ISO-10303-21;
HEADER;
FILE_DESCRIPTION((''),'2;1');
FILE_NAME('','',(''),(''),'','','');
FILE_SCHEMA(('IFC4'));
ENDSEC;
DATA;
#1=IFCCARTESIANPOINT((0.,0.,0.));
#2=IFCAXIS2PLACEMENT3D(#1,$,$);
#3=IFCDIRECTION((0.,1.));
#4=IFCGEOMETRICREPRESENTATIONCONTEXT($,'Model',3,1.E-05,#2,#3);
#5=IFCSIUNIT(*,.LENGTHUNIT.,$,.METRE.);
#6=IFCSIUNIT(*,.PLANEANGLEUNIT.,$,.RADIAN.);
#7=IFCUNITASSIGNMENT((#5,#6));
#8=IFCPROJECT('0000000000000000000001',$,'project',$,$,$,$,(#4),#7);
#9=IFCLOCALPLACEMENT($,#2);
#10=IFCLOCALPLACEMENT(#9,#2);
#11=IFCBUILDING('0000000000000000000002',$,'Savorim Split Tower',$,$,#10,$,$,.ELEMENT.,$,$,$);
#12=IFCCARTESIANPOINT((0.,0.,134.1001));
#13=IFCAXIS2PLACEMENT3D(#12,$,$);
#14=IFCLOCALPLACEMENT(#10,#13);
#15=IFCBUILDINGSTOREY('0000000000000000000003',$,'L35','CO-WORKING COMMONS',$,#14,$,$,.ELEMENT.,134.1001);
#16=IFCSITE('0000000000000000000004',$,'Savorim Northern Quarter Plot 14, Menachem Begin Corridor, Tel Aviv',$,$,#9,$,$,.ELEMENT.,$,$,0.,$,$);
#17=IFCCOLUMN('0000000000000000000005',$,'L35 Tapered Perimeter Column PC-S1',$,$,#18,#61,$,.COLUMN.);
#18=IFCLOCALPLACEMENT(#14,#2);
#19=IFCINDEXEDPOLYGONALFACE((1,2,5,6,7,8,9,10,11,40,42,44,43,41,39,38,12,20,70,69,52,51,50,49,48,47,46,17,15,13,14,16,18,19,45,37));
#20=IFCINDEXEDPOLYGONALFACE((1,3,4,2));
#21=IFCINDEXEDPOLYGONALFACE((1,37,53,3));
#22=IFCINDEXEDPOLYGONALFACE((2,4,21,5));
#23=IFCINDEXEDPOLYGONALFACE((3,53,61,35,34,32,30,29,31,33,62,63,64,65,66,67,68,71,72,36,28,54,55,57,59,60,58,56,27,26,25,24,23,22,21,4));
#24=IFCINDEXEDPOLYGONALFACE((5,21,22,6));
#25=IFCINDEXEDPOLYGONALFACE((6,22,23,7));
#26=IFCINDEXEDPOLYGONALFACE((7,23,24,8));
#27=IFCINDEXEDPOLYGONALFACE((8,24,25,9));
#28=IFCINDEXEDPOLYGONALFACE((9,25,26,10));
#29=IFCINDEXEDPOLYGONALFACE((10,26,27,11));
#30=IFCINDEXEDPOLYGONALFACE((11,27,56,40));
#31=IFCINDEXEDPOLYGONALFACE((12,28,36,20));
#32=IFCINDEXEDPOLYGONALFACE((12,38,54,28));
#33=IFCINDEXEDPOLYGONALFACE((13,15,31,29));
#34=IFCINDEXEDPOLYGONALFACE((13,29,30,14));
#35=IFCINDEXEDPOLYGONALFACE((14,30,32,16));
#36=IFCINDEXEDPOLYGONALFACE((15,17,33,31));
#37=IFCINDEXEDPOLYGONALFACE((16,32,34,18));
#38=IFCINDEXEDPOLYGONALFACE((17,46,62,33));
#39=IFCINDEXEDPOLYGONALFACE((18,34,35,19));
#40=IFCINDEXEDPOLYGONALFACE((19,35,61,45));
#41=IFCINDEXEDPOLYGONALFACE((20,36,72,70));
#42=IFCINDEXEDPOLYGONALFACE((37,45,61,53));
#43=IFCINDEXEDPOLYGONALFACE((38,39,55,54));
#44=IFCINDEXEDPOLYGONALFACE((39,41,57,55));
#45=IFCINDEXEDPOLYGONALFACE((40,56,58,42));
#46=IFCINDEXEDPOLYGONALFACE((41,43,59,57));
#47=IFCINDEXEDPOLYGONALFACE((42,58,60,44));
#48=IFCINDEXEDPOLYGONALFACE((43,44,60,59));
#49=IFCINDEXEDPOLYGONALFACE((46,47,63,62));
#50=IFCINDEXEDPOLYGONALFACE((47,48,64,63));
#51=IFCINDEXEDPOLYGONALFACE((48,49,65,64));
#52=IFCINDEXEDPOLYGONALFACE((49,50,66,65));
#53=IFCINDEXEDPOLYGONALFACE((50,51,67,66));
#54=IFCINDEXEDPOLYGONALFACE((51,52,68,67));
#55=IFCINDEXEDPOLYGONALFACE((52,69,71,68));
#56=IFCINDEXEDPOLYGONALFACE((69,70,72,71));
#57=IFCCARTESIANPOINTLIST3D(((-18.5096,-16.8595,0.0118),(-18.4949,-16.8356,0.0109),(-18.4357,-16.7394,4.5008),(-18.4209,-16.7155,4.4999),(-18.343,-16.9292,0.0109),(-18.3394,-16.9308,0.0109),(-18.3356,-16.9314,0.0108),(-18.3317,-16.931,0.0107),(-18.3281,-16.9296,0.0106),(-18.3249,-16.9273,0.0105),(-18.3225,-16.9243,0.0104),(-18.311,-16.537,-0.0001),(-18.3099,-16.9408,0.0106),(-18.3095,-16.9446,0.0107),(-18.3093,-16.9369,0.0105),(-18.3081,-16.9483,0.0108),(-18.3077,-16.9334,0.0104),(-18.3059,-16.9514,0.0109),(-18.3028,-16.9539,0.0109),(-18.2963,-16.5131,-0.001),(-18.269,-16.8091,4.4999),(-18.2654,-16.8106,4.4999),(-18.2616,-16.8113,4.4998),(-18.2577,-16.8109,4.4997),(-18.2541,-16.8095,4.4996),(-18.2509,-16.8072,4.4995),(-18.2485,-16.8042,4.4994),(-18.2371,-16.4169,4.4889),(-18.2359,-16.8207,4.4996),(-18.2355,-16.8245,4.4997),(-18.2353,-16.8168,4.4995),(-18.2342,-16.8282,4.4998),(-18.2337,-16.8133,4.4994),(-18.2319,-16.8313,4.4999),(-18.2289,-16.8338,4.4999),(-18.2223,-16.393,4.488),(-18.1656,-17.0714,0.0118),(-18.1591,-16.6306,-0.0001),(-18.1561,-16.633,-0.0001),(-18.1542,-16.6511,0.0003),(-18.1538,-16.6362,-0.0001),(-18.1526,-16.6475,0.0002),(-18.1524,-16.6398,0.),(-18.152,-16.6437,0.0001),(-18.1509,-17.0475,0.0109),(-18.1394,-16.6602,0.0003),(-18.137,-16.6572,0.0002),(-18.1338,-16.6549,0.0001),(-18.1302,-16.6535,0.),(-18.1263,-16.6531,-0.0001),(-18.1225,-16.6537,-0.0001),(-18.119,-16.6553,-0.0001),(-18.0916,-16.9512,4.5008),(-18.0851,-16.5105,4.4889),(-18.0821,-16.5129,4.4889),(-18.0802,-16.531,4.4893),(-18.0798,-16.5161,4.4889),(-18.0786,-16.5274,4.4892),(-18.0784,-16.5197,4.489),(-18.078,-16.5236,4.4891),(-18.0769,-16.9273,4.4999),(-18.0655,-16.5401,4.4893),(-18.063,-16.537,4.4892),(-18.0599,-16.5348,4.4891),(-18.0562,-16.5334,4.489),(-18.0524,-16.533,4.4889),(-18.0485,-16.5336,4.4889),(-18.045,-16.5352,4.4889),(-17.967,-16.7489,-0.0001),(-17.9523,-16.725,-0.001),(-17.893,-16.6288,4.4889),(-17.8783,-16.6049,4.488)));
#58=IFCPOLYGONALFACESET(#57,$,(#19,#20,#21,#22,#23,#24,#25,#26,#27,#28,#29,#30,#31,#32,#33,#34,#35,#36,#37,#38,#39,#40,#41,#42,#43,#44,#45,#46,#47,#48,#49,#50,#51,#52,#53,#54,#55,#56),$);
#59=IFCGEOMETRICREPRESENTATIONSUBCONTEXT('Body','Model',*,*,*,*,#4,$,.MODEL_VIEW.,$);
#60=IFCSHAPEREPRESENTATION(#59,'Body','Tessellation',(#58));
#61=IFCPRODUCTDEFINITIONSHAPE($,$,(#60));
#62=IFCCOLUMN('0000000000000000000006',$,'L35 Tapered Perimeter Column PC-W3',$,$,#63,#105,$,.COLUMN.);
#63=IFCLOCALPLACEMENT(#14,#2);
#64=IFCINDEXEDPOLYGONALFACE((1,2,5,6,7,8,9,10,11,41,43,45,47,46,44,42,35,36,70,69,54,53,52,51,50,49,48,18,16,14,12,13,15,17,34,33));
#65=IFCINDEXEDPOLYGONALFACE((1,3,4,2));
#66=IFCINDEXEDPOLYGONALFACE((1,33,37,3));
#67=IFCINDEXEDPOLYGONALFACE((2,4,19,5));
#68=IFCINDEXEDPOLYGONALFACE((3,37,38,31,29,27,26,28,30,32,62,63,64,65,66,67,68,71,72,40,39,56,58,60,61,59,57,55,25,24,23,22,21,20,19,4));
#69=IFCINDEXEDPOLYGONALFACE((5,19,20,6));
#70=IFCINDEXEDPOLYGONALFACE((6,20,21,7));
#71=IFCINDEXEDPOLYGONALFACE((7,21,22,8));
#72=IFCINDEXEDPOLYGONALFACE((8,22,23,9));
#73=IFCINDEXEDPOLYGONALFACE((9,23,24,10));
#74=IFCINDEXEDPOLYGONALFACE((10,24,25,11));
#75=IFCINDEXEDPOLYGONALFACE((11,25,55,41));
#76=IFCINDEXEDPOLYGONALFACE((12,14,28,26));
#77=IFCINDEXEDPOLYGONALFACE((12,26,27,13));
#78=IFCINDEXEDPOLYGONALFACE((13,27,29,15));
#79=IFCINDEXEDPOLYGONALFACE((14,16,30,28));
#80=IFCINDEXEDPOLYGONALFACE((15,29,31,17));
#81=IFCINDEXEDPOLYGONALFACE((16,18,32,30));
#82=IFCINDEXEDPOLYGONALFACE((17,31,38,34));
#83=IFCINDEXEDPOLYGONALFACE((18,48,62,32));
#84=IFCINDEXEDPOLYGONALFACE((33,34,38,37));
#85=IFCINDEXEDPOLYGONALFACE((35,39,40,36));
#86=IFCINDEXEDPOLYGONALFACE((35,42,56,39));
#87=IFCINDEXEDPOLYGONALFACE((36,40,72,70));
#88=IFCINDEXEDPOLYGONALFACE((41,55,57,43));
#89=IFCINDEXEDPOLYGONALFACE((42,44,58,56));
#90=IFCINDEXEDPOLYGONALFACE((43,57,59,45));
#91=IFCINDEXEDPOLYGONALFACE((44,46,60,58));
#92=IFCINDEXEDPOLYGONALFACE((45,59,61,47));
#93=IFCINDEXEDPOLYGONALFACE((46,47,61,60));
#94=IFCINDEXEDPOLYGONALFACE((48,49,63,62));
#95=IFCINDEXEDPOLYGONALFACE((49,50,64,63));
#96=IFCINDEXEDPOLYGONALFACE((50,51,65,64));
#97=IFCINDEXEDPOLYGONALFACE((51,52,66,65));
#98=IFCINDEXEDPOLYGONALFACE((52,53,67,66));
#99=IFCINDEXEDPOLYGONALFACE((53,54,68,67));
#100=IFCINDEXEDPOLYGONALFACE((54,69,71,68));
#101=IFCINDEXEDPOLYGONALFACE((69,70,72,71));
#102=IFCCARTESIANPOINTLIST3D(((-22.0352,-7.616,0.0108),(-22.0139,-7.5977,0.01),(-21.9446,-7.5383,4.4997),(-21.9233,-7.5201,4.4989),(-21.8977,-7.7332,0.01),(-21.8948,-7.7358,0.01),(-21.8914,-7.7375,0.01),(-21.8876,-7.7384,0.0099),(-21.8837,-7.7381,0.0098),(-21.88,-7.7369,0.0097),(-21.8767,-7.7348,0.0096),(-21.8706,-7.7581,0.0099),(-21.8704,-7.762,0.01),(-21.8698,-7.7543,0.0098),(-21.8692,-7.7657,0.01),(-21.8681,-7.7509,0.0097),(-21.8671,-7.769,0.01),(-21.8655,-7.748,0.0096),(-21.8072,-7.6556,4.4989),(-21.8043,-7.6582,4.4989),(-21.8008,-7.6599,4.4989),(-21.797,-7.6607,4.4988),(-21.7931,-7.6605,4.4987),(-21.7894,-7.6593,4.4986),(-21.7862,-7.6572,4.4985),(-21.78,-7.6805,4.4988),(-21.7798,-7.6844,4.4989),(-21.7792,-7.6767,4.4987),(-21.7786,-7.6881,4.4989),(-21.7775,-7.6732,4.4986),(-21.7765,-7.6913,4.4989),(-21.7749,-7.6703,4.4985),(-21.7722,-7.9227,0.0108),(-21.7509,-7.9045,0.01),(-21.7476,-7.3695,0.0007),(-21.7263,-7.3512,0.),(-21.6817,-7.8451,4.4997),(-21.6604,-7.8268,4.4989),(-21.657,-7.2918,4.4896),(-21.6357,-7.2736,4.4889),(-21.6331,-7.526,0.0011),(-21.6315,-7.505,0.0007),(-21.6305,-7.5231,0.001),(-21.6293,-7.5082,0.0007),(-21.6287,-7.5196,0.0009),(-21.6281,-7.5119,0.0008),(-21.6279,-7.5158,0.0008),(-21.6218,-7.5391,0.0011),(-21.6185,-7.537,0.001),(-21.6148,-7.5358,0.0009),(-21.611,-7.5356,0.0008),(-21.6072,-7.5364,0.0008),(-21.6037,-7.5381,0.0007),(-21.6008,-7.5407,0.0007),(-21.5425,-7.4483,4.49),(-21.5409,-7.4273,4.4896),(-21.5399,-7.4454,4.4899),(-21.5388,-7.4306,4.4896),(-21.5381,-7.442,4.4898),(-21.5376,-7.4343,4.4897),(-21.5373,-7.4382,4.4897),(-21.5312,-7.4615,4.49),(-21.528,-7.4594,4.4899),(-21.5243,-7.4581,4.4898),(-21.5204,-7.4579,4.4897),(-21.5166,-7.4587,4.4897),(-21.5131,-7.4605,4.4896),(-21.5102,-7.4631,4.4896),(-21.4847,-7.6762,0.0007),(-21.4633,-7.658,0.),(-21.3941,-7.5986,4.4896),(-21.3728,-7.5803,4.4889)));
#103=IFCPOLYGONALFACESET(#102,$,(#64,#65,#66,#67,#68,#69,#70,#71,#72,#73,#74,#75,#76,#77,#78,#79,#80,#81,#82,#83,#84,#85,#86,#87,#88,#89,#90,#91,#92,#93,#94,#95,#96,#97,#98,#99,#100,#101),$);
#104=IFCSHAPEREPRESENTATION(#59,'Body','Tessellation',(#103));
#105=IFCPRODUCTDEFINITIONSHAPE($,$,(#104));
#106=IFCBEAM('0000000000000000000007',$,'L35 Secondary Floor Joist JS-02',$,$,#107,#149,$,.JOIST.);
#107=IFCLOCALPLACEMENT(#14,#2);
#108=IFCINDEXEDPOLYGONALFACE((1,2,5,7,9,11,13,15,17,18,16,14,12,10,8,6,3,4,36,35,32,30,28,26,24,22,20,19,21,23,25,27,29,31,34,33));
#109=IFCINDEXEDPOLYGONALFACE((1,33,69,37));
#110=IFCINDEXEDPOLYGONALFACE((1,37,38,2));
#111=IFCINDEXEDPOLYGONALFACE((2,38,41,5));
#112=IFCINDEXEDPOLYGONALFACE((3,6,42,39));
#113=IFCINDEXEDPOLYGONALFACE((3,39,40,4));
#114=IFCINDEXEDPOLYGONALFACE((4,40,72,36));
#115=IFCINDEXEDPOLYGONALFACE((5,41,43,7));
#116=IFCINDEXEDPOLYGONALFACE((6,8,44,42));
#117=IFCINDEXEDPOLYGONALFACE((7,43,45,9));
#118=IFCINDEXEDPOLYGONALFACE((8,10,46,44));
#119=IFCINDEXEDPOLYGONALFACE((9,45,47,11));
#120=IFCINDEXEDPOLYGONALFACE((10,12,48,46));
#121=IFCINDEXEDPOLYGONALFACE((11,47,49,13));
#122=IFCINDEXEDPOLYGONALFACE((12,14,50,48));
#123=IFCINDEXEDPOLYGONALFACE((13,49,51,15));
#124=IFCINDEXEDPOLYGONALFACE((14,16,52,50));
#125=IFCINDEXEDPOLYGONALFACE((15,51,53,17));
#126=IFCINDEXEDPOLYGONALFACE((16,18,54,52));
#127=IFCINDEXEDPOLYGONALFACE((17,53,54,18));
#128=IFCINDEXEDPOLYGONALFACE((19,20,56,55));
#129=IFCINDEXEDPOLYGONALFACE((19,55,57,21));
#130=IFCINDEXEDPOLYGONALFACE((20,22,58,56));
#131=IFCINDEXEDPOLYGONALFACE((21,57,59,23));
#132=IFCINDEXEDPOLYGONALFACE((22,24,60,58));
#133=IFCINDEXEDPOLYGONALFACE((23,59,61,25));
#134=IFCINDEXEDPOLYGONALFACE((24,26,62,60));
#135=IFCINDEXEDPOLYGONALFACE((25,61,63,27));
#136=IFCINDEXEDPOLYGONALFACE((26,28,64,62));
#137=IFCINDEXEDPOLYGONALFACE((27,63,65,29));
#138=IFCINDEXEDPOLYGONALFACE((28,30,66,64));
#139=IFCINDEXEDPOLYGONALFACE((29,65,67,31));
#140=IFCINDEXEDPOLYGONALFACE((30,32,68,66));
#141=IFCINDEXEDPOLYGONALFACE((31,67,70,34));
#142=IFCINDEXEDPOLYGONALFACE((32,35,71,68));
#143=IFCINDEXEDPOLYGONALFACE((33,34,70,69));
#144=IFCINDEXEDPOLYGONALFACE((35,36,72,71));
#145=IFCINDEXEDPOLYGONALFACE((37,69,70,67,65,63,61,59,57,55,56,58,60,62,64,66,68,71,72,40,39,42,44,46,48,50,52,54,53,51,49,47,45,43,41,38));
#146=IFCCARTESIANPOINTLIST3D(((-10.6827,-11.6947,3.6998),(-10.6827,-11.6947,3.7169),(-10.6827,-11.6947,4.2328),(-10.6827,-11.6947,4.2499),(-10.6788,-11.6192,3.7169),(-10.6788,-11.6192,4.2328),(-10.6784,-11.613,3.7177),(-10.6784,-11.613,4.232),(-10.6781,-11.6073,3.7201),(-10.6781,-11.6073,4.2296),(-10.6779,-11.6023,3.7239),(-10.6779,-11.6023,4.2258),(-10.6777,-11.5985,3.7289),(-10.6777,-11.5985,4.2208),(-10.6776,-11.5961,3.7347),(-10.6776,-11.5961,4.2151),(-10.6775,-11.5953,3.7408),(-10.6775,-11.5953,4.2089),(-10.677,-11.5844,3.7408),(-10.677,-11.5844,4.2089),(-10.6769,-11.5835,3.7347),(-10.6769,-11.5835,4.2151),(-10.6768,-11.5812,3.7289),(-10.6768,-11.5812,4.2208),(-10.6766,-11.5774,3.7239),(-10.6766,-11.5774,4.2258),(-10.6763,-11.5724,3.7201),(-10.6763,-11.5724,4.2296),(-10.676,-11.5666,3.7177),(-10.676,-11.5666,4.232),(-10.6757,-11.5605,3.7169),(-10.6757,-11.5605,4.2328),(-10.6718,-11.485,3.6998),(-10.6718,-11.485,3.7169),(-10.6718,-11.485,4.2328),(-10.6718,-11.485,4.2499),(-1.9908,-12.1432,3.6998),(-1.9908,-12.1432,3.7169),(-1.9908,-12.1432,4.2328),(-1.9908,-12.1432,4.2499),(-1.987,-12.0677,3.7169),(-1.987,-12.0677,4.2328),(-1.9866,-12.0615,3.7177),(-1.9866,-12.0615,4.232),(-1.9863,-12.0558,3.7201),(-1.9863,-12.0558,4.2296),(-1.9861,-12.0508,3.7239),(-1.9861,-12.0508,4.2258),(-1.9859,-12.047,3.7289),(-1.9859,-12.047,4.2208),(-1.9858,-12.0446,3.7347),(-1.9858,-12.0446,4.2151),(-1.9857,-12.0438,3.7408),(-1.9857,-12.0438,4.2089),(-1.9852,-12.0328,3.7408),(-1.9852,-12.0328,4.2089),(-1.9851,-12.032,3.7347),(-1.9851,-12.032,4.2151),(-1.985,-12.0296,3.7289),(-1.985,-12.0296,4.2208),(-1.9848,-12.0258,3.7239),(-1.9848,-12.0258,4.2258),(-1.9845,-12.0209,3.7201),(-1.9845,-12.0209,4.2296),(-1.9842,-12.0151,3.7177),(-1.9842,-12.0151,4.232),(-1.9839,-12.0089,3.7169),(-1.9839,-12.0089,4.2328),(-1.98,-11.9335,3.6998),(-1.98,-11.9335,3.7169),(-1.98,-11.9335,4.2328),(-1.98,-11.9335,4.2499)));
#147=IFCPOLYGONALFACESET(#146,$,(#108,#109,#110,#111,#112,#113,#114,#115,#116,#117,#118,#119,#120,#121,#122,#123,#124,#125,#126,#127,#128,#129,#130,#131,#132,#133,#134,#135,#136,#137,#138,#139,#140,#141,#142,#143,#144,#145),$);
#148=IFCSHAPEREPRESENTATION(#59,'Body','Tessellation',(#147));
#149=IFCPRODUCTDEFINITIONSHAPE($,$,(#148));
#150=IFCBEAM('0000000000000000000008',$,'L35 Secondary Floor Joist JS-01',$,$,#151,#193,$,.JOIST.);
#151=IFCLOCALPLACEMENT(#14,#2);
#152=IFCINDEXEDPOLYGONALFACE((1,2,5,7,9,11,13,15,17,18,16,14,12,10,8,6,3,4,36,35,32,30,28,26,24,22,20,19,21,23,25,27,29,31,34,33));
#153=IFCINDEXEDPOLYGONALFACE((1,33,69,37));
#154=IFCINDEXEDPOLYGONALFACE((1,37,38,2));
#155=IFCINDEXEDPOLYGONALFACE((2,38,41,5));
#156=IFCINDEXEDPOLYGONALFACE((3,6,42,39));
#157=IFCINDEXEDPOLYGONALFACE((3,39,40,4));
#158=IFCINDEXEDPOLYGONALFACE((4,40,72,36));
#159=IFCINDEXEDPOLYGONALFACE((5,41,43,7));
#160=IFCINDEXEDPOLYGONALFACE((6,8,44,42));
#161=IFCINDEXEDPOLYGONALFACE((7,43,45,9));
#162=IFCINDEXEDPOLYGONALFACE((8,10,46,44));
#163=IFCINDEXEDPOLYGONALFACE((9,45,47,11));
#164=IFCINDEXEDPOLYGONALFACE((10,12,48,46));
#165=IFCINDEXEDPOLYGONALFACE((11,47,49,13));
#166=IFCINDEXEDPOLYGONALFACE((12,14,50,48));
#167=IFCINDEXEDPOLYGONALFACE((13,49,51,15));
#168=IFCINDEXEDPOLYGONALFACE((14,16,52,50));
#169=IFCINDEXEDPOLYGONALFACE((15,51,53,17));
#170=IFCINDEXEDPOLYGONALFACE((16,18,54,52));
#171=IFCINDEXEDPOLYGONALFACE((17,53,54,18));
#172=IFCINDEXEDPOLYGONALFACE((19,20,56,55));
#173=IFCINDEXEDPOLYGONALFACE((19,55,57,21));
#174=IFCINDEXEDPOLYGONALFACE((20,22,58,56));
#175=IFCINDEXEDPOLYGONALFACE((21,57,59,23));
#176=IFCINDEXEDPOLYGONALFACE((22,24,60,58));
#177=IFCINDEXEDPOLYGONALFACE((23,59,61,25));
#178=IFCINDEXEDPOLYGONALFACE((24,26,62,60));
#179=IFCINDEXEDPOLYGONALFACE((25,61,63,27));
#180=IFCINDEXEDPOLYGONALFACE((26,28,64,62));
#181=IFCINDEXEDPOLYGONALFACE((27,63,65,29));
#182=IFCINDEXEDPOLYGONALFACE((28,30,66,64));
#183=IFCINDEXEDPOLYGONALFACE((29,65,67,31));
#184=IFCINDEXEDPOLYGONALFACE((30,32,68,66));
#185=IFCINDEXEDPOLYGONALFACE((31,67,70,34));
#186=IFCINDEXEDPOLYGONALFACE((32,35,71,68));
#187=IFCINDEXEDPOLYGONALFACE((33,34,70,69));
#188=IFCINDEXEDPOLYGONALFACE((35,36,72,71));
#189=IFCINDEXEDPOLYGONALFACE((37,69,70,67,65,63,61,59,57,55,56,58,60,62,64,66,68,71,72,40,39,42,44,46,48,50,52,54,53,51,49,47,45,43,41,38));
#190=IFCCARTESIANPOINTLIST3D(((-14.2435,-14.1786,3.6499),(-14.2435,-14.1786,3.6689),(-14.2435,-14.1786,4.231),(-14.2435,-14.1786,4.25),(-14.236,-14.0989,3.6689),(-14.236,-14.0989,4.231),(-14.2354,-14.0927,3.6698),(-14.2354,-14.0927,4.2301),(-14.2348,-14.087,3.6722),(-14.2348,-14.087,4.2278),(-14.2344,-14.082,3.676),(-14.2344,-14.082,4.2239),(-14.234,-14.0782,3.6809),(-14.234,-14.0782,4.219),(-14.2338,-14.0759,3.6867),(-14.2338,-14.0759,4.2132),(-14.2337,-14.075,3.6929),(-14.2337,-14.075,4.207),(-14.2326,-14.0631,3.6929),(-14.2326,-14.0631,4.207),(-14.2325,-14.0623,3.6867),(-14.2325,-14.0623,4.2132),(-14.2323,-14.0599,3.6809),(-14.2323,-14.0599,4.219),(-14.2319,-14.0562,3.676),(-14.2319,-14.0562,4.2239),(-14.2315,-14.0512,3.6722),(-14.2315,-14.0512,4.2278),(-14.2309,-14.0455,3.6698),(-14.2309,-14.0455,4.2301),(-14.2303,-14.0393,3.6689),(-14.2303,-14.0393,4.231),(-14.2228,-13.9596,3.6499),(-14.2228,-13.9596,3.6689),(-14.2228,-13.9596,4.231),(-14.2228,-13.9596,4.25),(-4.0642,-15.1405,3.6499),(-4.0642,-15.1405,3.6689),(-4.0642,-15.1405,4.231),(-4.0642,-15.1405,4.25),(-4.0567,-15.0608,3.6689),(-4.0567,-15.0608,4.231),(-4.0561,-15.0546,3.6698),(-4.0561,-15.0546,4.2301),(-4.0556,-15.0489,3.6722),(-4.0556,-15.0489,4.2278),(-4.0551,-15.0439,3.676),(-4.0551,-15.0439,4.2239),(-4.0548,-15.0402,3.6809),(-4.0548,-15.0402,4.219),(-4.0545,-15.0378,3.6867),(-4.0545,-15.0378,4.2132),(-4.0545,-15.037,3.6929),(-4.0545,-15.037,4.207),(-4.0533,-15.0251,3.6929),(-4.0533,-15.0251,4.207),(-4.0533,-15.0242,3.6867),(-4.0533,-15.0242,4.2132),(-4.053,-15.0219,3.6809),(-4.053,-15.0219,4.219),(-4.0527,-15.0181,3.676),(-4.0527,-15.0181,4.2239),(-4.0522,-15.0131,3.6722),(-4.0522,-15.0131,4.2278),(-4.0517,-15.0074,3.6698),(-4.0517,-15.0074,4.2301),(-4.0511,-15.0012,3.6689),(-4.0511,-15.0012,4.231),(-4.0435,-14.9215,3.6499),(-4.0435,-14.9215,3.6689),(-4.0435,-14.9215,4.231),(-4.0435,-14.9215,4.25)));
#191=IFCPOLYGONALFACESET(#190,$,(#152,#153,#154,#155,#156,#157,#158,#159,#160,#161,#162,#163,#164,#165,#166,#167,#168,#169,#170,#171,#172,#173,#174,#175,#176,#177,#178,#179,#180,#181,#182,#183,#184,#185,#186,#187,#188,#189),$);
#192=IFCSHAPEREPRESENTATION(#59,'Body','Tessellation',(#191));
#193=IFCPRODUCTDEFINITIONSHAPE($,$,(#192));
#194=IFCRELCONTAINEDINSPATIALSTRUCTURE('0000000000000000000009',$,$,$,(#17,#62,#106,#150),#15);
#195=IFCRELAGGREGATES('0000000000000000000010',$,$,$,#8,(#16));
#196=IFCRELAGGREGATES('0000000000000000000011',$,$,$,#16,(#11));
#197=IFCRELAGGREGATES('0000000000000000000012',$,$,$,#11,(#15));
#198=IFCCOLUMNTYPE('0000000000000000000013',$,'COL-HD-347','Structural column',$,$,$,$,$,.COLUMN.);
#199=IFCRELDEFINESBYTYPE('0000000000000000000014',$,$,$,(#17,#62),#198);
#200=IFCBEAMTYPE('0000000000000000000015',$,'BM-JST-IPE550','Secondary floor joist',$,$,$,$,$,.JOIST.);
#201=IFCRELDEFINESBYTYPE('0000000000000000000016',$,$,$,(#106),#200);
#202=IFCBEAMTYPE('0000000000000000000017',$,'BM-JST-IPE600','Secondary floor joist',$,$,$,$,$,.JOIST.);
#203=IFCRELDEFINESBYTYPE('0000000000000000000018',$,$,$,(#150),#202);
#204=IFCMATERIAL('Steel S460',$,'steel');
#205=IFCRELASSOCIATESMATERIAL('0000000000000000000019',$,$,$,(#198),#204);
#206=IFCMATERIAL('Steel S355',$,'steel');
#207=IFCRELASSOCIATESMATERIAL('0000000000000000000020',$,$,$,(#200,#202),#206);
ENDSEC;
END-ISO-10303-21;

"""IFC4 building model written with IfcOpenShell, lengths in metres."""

from ifc_helpers import new_model, si_unit, direction, frame, origin, origin_2d, place, context, subcontext, project, spatial, i_section, extrude, material, material_profile, profile_set, type_object, element, save


model = new_model("IFC4")

# Units and contexts
model_context = context("Model", 3, precision=1e-05, world=origin(), true_north=direction((0.0, 1.0)))
body_context = subcontext(model_context, "Body", "Model", "MODEL_VIEW")
ifc_project = project(units=[si_unit("LENGTHUNIT", "METRE"), si_unit("PLANEANGLEUNIT", "RADIAN")], contexts=[model_context])

# Site, building, storey
site_placement = place(None, origin())
site = spatial("IfcSite", under=ifc_project, at=site_placement, Name="Savorim Northern Quarter Plot 14, Menachem Begin Corridor, Tel Aviv", CompositionType="ELEMENT", RefElevation=0.0)
building_placement = place(site_placement, origin())
building = spatial("IfcBuilding", under=site, at=building_placement, Name="Savorim Split Tower", CompositionType="ELEMENT")
storey_placement = place(building_placement, frame((0.0, 0.0, 134.1001)))
storey = spatial("IfcBuildingStorey", under=building, at=storey_placement, Name="L35", Description="CO-WORKING COMMONS", CompositionType="ELEMENT", Elevation=134.1001)

# Columns
ifc_material_1 = material(Name="Steel S460", Category="steel")
ifc_material_profile_1 = material_profile(ifc_material_1, i_section(OverallWidth=0.4041, OverallDepth=0.407, WebThickness=0.0173, FlangeThickness=0.0281, FilletRadius=0.0149, at=origin_2d()), Name="HD 400x347")
ifc_profile_set_1 = profile_set([ifc_material_profile_1], Name="Steel S460")
column_type = type_object("IfcColumnType", Name="COL-HD-347", Description="Structural column", PredefinedType="COLUMN", material=ifc_profile_set_1)
column_1_placement = place(storey_placement, frame((-18.231, -16.7922, 0.0054), z_axis=(0.016471, 0.026745, 0.999507), x_axis=(-0.85148, 0.524387, 0.0)))
element("IfcColumn", 1, at=column_1_placement, inside=storey, type_object=column_type, Name="L35 Tapered Perimeter Column PC-S1", PredefinedType="COLUMN", context=body_context, shape_type="SweptSolid", body=[
    extrude(i_section(OverallWidth=0.4041, OverallDepth=0.407, WebThickness=0.0173, FlangeThickness=0.0281, FilletRadius=0.0149, at=origin_2d()), origin(), (0.0, 0.0, 1.0), 4.4912),
])
column_2_placement = place(storey_placement, frame((-21.7493, -7.637, 0.0054), z_axis=(0.02017, 0.017289, 0.999647), x_axis=(-0.650791, 0.759257, 0.0)))
element("IfcColumn", 2, at=column_2_placement, inside=storey, type_object=column_type, Name="L35 Tapered Perimeter Column PC-W3", PredefinedType="COLUMN", context=body_context, shape_type="SweptSolid", body=[
    extrude(i_section(OverallWidth=0.4041, OverallDepth=0.407, WebThickness=0.0173, FlangeThickness=0.0281, FilletRadius=0.0149, at=origin_2d()), origin(), (0.0, 0.0, 1.0), 4.4905),
])

# Beams
ifc_material_2 = material(Name="Steel S355", Category="steel")
ifc_material_profile_2 = material_profile(ifc_material_2, i_section(OverallWidth=0.21, OverallDepth=0.55, WebThickness=0.011, FlangeThickness=0.0171, FilletRadius=0.0239, at=origin_2d()), Name="IPE 550")
ifc_profile_set_2 = profile_set([ifc_material_profile_2], Name="Steel S355")
beam_type_1 = type_object("IfcBeamType", Name="BM-JST-IPE550", Description="Secondary floor joist", PredefinedType="JOIST", material=ifc_profile_set_2)
beam_1_placement = place(storey_placement, frame((-10.6772, -11.5898, 3.9749), z_axis=(0.998671, -0.05153, 0.0), x_axis=(0.05153, 0.998671, 0.0)))
element("IfcBeam", 3, at=beam_1_placement, inside=storey, type_object=beam_type_1, Name="L35 Secondary Floor Joist JS-02", PredefinedType="JOIST", context=body_context, shape_type="SweptSolid", body=[
    extrude(i_section(OverallWidth=0.21, OverallDepth=0.55, WebThickness=0.011, FlangeThickness=0.0171, FilletRadius=0.0239, at=origin_2d()), origin(), (0.0, 0.0, 1.0), 8.7034),
])
ifc_material_profile_3 = material_profile(ifc_material_2, i_section(OverallWidth=0.22, OverallDepth=0.6001, WebThickness=0.012, FlangeThickness=0.019, FilletRadius=0.0239, at=origin_2d()), Name="IPE 600")
ifc_profile_set_3 = profile_set([ifc_material_profile_3], Name="Steel S355")
beam_type_2 = type_object("IfcBeamType", Name="BM-JST-IPE600", Description="Secondary floor joist", PredefinedType="JOIST", material=ifc_profile_set_3)
beam_2_placement = place(storey_placement, frame((-14.2332, -14.0691, 3.95), z_axis=(0.995565, -0.094079, 0.0), x_axis=(0.094079, 0.995565, 0.0)))
element("IfcBeam", 4, at=beam_2_placement, inside=storey, type_object=beam_type_2, Name="L35 Secondary Floor Joist JS-01", PredefinedType="JOIST", context=body_context, shape_type="SweptSolid", body=[
    extrude(i_section(OverallWidth=0.22, OverallDepth=0.6001, WebThickness=0.012, FlangeThickness=0.019, FilletRadius=0.0239, at=origin_2d()), origin(), (0.0, 0.0, 1.0), 10.2246),
])

save(model, "model.ifc")
